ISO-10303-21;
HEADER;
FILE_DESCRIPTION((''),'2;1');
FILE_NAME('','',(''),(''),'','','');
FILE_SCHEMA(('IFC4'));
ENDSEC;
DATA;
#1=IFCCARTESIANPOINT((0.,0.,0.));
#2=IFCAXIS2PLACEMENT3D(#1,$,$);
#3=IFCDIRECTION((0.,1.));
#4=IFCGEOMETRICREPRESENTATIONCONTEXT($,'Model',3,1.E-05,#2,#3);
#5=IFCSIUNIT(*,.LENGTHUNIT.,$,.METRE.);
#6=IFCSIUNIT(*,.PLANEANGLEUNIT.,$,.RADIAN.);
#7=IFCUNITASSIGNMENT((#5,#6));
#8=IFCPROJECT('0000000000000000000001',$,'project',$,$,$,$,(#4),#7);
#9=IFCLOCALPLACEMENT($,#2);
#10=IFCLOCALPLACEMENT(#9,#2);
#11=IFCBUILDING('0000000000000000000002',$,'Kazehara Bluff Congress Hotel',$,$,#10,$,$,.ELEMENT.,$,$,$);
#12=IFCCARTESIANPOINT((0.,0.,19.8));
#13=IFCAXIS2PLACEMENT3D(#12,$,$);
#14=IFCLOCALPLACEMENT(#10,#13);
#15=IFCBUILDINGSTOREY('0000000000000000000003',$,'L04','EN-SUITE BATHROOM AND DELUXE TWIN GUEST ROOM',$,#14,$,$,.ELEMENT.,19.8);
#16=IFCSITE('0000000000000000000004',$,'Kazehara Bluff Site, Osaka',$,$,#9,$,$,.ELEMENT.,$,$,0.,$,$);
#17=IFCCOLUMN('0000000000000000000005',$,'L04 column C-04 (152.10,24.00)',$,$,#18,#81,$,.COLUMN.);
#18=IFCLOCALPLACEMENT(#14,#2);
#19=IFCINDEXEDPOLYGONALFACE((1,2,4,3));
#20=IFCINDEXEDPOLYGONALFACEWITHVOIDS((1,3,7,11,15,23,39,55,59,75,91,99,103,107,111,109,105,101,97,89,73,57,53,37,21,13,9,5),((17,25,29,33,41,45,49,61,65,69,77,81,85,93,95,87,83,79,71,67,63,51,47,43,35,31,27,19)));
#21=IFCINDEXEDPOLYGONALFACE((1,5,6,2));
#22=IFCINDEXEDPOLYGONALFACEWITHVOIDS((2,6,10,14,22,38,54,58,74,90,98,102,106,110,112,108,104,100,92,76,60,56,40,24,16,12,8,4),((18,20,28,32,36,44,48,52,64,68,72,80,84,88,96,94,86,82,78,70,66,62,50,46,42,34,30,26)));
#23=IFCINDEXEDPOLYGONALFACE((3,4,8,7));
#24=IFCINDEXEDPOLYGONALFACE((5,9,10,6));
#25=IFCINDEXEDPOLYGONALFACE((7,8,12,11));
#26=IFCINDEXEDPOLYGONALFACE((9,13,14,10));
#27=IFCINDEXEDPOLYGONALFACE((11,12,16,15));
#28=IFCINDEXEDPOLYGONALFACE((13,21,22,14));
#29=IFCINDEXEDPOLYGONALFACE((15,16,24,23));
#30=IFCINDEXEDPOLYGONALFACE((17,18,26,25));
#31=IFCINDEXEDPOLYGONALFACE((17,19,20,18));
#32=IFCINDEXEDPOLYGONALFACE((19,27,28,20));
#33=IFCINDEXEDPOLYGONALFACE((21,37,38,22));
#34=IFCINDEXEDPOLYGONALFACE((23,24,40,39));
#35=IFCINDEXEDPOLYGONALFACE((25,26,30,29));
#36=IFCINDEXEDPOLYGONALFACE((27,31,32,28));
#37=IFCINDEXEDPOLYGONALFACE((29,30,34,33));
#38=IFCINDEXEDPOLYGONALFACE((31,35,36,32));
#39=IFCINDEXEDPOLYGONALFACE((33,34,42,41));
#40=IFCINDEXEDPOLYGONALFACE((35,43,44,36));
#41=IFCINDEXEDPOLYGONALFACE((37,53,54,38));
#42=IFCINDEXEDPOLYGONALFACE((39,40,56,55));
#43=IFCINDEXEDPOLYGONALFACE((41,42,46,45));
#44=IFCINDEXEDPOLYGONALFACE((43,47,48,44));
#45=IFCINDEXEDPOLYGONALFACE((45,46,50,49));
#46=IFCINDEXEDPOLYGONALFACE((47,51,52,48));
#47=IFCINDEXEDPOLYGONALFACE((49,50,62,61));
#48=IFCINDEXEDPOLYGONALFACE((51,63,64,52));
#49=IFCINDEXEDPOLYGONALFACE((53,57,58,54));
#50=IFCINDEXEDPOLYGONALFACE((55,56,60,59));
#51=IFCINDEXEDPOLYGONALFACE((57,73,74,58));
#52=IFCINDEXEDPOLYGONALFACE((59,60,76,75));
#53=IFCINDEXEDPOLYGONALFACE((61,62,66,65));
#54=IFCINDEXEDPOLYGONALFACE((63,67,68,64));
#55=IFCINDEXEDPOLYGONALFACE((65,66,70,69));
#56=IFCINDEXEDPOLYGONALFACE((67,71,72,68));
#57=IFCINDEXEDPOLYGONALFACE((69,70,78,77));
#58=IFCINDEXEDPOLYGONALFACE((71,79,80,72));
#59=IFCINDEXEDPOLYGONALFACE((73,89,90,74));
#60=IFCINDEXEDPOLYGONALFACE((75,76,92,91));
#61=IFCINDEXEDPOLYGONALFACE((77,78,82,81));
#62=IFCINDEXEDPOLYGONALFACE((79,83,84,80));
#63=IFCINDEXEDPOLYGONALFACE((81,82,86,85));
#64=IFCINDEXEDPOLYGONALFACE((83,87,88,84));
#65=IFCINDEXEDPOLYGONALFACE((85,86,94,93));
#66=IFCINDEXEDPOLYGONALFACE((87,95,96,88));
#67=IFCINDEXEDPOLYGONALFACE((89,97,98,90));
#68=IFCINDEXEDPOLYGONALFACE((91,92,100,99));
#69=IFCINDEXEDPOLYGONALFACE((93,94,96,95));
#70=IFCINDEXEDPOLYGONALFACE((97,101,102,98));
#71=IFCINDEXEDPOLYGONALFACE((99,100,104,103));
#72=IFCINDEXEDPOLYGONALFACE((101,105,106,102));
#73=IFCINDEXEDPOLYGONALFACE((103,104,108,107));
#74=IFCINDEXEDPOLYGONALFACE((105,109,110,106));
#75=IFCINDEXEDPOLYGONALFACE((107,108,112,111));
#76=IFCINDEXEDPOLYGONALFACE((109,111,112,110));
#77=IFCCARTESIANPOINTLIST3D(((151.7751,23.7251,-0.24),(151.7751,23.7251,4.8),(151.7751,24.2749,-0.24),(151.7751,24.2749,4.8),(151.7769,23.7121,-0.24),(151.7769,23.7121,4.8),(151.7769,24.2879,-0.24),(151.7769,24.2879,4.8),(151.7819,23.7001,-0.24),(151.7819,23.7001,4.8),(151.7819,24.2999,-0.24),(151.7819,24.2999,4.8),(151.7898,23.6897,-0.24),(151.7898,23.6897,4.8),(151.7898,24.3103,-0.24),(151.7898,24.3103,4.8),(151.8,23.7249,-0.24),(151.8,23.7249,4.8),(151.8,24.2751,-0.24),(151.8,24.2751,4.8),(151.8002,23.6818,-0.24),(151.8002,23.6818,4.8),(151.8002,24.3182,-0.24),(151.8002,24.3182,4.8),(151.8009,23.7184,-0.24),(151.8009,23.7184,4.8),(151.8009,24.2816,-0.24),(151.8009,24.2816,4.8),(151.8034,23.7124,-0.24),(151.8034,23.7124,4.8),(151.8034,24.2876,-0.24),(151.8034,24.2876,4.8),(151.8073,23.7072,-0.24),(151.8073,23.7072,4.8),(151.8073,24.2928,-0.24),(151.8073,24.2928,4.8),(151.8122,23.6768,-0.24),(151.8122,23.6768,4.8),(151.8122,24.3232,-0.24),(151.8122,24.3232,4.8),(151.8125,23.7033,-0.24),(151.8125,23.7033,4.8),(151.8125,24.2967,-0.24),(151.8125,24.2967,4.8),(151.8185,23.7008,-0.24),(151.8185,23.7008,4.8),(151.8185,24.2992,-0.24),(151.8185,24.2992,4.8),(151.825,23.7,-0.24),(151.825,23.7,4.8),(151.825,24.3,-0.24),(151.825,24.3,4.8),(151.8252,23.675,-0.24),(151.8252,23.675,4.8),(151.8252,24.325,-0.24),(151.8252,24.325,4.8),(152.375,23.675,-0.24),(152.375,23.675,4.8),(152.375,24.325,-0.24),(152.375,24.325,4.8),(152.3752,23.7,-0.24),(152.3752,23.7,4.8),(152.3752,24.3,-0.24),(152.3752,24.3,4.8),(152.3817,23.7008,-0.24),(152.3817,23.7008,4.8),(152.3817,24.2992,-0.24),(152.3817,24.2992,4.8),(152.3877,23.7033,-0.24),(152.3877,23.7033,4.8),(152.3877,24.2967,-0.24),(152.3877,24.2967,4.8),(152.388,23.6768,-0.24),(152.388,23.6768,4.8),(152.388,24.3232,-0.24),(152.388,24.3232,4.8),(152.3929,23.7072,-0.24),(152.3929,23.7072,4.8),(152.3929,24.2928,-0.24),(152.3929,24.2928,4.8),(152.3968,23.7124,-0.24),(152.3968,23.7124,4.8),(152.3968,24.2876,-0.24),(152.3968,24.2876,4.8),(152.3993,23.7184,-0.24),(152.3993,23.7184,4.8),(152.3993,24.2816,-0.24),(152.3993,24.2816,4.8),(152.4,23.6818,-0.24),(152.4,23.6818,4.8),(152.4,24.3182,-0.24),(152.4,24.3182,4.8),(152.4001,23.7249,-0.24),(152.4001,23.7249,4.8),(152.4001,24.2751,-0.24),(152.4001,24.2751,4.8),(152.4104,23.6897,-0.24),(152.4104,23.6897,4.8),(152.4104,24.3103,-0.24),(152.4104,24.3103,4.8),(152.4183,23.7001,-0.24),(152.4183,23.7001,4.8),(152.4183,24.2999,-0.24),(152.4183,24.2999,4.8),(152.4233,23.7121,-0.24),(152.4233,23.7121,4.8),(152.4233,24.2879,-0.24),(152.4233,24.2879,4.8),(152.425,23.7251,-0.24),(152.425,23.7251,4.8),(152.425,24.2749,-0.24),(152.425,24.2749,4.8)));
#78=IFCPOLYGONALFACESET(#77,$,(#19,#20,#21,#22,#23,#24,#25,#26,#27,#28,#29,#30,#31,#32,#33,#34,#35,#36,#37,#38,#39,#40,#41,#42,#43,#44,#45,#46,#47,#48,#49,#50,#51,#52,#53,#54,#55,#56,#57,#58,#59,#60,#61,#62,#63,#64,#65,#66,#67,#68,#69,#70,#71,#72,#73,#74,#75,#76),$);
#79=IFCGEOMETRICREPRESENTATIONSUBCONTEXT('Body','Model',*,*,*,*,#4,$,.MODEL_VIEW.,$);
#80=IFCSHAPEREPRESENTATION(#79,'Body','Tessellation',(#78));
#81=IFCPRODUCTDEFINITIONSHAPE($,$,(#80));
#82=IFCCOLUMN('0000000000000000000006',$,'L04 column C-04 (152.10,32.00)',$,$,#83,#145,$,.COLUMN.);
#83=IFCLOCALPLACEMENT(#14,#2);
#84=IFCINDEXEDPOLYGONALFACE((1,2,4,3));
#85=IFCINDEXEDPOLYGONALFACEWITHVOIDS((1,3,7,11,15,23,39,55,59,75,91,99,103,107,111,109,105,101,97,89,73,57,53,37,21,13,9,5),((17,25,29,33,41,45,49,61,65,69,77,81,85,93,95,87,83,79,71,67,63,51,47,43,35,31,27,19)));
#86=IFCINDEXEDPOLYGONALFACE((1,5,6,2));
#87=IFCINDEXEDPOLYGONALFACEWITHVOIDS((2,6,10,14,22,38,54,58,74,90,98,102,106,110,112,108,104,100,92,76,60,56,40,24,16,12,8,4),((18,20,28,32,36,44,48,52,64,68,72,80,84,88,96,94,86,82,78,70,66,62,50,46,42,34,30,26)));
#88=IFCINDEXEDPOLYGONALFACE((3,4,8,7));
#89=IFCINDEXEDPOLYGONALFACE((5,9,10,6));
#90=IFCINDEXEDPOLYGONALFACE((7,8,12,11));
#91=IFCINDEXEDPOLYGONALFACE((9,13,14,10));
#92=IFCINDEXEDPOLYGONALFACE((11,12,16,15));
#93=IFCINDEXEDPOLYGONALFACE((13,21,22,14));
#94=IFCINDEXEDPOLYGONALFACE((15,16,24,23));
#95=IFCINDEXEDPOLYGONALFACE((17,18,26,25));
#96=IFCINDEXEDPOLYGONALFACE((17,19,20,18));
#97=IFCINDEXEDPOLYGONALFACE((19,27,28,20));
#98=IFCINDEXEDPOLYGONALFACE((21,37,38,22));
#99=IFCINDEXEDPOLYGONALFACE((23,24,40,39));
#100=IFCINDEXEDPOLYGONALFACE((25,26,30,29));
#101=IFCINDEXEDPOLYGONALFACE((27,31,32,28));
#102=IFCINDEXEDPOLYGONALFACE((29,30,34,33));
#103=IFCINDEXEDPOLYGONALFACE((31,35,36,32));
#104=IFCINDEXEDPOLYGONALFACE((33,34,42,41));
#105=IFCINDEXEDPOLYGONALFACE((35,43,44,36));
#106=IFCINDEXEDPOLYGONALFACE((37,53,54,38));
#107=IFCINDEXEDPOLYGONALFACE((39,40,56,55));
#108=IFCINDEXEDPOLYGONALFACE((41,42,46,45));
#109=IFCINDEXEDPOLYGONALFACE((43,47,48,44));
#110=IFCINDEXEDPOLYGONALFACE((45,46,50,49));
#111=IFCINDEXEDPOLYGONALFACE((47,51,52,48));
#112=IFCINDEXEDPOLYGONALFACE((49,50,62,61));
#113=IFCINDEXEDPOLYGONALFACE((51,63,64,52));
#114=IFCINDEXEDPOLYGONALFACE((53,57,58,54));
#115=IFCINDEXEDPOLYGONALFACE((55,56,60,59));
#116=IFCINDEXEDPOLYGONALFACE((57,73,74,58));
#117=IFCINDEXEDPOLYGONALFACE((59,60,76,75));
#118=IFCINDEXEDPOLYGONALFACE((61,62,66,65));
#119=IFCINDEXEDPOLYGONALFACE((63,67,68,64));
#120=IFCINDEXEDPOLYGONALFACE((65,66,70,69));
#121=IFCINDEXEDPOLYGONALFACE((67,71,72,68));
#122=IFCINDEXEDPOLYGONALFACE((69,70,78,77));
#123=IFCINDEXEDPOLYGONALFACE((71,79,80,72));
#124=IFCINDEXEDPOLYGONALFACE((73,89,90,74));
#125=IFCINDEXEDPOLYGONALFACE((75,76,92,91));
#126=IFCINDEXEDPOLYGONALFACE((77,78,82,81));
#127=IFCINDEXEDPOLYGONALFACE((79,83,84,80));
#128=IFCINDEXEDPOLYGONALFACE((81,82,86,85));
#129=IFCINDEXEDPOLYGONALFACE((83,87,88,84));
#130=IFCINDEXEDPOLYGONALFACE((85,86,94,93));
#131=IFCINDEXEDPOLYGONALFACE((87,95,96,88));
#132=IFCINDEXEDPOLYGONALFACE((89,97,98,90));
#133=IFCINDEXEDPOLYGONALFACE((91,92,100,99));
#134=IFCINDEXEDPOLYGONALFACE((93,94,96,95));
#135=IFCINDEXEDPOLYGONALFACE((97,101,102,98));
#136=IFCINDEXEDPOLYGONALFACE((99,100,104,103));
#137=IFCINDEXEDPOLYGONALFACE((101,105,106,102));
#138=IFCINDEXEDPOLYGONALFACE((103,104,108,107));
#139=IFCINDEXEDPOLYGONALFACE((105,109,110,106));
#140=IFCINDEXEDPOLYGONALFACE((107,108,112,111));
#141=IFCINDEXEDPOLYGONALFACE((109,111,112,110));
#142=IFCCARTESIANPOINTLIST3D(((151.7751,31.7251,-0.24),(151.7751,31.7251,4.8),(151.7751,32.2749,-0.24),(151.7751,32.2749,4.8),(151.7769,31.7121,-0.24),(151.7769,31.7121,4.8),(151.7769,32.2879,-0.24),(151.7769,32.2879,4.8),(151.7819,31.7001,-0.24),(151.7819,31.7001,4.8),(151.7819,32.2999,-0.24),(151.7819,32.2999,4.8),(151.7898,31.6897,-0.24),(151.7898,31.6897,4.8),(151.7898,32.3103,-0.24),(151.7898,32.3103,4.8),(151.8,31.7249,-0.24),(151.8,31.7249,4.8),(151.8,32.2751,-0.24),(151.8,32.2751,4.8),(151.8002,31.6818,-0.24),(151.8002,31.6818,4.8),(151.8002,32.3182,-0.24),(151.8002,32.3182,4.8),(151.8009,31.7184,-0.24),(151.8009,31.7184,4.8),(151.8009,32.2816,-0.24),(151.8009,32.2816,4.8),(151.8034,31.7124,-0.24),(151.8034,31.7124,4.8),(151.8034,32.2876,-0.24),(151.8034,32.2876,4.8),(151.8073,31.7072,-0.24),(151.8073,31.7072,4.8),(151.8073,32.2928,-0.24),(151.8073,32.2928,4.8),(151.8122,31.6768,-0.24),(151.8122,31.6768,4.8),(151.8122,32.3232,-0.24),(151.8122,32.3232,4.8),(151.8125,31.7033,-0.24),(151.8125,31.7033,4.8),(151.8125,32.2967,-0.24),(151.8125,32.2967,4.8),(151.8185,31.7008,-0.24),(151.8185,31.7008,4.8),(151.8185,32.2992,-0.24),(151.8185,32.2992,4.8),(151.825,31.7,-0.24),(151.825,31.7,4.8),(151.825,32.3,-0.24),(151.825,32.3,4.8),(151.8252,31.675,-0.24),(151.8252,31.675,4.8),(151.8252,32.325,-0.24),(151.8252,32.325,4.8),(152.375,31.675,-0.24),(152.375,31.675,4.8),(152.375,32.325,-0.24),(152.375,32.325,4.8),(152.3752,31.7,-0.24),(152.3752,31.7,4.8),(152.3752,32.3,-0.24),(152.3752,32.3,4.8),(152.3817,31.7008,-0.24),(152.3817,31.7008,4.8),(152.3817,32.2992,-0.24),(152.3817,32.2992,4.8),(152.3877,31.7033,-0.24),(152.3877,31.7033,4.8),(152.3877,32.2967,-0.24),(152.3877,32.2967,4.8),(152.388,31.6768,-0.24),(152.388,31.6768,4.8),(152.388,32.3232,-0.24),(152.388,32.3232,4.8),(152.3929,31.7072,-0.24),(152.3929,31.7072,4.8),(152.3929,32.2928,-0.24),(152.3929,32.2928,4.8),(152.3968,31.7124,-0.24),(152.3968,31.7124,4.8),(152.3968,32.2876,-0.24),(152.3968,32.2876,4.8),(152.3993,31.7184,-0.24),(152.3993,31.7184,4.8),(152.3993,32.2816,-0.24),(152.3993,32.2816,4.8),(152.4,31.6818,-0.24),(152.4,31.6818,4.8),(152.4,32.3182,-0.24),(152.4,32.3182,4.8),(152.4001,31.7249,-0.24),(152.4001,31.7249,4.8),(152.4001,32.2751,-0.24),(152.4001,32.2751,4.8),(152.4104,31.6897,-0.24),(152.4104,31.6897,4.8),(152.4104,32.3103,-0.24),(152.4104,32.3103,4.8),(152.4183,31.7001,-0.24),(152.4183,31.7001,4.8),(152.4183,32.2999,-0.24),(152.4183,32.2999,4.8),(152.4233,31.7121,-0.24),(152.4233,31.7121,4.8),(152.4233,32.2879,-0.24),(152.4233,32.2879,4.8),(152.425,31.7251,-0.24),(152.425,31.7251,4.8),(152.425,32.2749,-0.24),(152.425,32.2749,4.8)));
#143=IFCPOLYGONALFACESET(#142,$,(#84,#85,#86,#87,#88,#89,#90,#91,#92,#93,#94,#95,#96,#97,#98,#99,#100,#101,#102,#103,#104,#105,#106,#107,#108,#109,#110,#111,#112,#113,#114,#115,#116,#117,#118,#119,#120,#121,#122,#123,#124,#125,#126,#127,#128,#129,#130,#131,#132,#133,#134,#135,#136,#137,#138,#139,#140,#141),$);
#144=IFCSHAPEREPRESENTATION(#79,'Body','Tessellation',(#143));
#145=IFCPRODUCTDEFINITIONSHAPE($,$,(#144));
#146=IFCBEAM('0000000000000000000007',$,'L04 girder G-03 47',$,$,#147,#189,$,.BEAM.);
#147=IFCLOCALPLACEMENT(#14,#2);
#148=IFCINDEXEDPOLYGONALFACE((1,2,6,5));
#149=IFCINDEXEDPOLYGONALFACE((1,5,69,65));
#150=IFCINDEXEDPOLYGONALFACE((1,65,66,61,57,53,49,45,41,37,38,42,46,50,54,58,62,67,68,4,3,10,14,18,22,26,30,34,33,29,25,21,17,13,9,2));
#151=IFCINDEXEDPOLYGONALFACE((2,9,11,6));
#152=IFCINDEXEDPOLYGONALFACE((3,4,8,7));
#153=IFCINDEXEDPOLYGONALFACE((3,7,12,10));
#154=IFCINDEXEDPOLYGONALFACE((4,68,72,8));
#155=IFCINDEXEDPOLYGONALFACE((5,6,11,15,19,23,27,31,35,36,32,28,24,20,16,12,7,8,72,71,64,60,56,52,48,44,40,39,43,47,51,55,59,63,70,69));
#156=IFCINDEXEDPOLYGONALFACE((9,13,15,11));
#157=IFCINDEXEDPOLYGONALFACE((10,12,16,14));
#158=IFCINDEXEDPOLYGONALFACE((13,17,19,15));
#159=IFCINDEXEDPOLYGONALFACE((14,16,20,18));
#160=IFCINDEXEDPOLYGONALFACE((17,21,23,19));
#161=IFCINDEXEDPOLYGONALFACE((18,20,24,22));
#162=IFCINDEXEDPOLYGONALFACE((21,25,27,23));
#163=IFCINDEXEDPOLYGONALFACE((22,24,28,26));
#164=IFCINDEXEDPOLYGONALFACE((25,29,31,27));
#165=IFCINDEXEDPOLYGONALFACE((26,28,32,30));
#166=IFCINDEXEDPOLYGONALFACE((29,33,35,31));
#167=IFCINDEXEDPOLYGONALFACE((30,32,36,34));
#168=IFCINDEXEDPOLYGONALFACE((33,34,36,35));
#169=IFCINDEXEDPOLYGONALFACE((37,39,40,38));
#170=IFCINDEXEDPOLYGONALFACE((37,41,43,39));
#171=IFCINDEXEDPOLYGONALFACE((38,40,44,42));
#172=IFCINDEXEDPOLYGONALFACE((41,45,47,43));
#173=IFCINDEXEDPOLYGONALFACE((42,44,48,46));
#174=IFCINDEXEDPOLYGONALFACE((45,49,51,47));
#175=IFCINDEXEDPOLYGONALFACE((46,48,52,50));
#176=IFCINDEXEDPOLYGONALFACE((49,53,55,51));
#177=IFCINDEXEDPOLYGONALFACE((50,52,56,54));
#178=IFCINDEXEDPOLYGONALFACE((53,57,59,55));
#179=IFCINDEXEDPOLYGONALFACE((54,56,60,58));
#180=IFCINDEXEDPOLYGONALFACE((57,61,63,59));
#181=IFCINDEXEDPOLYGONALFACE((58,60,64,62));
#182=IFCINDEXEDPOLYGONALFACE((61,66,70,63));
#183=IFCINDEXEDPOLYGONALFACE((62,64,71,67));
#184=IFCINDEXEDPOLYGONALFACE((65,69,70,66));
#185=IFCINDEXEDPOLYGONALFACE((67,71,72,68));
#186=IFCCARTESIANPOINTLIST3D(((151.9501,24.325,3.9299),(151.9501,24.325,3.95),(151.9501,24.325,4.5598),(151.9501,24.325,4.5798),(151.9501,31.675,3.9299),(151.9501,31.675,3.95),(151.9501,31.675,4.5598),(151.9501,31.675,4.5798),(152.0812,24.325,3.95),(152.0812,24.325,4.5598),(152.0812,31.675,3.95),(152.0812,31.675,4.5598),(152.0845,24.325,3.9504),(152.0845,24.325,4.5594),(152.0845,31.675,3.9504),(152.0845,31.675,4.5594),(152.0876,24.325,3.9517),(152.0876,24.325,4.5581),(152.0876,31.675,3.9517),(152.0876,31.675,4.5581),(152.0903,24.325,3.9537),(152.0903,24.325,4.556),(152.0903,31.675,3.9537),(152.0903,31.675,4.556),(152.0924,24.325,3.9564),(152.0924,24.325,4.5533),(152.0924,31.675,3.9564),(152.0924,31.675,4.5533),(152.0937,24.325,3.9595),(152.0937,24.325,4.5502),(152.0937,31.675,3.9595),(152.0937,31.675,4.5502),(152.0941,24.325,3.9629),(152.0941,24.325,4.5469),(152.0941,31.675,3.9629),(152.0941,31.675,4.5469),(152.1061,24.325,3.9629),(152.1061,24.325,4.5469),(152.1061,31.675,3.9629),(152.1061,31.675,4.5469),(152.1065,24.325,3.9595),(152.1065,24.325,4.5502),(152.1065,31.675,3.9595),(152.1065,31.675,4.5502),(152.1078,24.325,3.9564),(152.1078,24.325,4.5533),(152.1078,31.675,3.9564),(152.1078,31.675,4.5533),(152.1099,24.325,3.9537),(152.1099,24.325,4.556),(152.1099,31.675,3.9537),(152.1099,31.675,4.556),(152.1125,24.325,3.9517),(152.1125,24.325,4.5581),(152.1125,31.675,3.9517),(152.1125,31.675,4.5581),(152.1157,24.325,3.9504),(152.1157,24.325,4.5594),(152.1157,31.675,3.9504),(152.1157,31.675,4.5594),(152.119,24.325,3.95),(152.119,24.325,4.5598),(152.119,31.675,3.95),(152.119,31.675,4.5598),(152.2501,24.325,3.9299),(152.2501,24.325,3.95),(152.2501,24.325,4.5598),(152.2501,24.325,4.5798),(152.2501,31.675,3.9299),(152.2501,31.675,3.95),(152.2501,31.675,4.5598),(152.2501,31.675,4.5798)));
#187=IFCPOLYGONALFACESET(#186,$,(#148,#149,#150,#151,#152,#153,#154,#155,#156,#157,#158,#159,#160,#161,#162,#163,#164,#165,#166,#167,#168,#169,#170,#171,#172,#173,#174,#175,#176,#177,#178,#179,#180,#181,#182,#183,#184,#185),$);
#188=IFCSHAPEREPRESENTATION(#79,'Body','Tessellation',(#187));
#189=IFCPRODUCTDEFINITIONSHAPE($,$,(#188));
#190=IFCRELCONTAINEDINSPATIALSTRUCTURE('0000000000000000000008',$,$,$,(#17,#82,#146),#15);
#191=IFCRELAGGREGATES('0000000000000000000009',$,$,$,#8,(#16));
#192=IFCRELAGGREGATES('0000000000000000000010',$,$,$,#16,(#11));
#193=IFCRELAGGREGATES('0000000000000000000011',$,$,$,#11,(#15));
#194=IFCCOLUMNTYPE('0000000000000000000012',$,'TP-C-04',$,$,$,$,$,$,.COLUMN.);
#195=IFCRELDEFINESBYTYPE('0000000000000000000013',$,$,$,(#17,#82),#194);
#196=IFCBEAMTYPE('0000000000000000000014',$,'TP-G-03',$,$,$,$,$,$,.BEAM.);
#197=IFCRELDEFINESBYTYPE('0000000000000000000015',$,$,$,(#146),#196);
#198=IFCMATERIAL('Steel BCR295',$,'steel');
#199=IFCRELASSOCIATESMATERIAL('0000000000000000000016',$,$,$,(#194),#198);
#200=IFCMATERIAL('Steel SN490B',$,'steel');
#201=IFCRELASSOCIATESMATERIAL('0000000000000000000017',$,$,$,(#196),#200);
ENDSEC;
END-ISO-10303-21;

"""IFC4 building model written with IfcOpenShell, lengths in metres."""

from ifc_helpers import new_model, si_unit, direction, frame, origin, origin_2d, place, context, subcontext, project, spatial, hollow_rectangle, i_section, extrude, material, material_profile, profile_set, type_object, element, save


model = new_model("IFC4")

# Units and contexts
model_context = context("Model", 3, precision=1e-05, world=origin(), true_north=direction((0.0, 1.0)))
body_context = subcontext(model_context, "Body", "Model", "MODEL_VIEW")
ifc_project = project(units=[si_unit("LENGTHUNIT", "METRE"), si_unit("PLANEANGLEUNIT", "RADIAN")], contexts=[model_context])

# Site, building, storey
site_placement = place(None, origin())
site = spatial("IfcSite", under=ifc_project, at=site_placement, Name="Kazehara Bluff Site, Osaka", CompositionType="ELEMENT", RefElevation=0.0)
building_placement = place(site_placement, origin())
building = spatial("IfcBuilding", under=site, at=building_placement, Name="Kazehara Bluff Congress Hotel", CompositionType="ELEMENT")
storey_placement = place(building_placement, frame((0.0, 0.0, 19.8)))
storey = spatial("IfcBuildingStorey", under=building, at=storey_placement, Name="L04", Description="EN-SUITE BATHROOM AND DELUXE TWIN GUEST ROOM", CompositionType="ELEMENT", Elevation=19.8)

# Columns
ifc_material_1 = material(Name="Steel BCR295", Category="steel")
ifc_material_profile_1 = material_profile(ifc_material_1, hollow_rectangle(XDim=0.6499, YDim=0.6499, WallThickness=0.0249, InnerFilletRadius=0.0249, OuterFilletRadius=0.05, at=origin_2d()))
ifc_profile_set_1 = profile_set([ifc_material_profile_1], Name="Steel BCR295")
column_type = type_object("IfcColumnType", Name="TP-C-04", PredefinedType="COLUMN", material=ifc_profile_set_1)
for number, where, z_axis, x_axis, name in (
    (1, (152.1001, 24.0, -0.24), (0.0, 0.0, 1.0), (1.0, 0.0, 0.0), "L04 column C-04 (152.10,24.00)"),
    (2, (152.1001, 32.0, -0.24), (0.0, 0.0, 1.0), (1.0, 0.0, 0.0), "L04 column C-04 (152.10,32.00)"),
):
    element("IfcColumn", number, at=place(storey_placement, frame(where, z_axis=z_axis, x_axis=x_axis)), inside=storey, type_object=column_type, Name=name, PredefinedType="COLUMN", context=body_context, shape_type="SweptSolid", body=[
        extrude(hollow_rectangle(XDim=0.6499, YDim=0.6499, WallThickness=0.0249, InnerFilletRadius=0.0249, OuterFilletRadius=0.05, at=origin_2d()), origin(), (0.0, 0.0, 1.0), 5.04),
    ])

# Beam
ifc_material_2 = material(Name="Steel SN490B", Category="steel")
ifc_material_profile_2 = material_profile(ifc_material_2, i_section(OverallWidth=0.3, OverallDepth=0.6499, WebThickness=0.012, FlangeThickness=0.02, FilletRadius=0.0129, at=origin_2d()))
ifc_profile_set_2 = profile_set([ifc_material_profile_2], Name="Steel SN490B")
beam_type = type_object("IfcBeamType", Name="TP-G-03", PredefinedType="BEAM", material=ifc_profile_set_2)
beam_placement = place(storey_placement, frame((152.1001, 24.325, 4.2549), z_axis=(0.0, 1.0, 0.0), x_axis=(-1.0, 0.0, 0.0)))
element("IfcBeam", 3, at=beam_placement, inside=storey, type_object=beam_type, Name="L04 girder G-03 47", PredefinedType="BEAM", context=body_context, shape_type="SweptSolid", body=[
    extrude(i_section(OverallWidth=0.3, OverallDepth=0.6499, WebThickness=0.012, FlangeThickness=0.02, FilletRadius=0.0129, at=origin_2d()), origin(), (0.0, 0.0, 1.0), 7.3501),
])

save(model, "model.ifc")
